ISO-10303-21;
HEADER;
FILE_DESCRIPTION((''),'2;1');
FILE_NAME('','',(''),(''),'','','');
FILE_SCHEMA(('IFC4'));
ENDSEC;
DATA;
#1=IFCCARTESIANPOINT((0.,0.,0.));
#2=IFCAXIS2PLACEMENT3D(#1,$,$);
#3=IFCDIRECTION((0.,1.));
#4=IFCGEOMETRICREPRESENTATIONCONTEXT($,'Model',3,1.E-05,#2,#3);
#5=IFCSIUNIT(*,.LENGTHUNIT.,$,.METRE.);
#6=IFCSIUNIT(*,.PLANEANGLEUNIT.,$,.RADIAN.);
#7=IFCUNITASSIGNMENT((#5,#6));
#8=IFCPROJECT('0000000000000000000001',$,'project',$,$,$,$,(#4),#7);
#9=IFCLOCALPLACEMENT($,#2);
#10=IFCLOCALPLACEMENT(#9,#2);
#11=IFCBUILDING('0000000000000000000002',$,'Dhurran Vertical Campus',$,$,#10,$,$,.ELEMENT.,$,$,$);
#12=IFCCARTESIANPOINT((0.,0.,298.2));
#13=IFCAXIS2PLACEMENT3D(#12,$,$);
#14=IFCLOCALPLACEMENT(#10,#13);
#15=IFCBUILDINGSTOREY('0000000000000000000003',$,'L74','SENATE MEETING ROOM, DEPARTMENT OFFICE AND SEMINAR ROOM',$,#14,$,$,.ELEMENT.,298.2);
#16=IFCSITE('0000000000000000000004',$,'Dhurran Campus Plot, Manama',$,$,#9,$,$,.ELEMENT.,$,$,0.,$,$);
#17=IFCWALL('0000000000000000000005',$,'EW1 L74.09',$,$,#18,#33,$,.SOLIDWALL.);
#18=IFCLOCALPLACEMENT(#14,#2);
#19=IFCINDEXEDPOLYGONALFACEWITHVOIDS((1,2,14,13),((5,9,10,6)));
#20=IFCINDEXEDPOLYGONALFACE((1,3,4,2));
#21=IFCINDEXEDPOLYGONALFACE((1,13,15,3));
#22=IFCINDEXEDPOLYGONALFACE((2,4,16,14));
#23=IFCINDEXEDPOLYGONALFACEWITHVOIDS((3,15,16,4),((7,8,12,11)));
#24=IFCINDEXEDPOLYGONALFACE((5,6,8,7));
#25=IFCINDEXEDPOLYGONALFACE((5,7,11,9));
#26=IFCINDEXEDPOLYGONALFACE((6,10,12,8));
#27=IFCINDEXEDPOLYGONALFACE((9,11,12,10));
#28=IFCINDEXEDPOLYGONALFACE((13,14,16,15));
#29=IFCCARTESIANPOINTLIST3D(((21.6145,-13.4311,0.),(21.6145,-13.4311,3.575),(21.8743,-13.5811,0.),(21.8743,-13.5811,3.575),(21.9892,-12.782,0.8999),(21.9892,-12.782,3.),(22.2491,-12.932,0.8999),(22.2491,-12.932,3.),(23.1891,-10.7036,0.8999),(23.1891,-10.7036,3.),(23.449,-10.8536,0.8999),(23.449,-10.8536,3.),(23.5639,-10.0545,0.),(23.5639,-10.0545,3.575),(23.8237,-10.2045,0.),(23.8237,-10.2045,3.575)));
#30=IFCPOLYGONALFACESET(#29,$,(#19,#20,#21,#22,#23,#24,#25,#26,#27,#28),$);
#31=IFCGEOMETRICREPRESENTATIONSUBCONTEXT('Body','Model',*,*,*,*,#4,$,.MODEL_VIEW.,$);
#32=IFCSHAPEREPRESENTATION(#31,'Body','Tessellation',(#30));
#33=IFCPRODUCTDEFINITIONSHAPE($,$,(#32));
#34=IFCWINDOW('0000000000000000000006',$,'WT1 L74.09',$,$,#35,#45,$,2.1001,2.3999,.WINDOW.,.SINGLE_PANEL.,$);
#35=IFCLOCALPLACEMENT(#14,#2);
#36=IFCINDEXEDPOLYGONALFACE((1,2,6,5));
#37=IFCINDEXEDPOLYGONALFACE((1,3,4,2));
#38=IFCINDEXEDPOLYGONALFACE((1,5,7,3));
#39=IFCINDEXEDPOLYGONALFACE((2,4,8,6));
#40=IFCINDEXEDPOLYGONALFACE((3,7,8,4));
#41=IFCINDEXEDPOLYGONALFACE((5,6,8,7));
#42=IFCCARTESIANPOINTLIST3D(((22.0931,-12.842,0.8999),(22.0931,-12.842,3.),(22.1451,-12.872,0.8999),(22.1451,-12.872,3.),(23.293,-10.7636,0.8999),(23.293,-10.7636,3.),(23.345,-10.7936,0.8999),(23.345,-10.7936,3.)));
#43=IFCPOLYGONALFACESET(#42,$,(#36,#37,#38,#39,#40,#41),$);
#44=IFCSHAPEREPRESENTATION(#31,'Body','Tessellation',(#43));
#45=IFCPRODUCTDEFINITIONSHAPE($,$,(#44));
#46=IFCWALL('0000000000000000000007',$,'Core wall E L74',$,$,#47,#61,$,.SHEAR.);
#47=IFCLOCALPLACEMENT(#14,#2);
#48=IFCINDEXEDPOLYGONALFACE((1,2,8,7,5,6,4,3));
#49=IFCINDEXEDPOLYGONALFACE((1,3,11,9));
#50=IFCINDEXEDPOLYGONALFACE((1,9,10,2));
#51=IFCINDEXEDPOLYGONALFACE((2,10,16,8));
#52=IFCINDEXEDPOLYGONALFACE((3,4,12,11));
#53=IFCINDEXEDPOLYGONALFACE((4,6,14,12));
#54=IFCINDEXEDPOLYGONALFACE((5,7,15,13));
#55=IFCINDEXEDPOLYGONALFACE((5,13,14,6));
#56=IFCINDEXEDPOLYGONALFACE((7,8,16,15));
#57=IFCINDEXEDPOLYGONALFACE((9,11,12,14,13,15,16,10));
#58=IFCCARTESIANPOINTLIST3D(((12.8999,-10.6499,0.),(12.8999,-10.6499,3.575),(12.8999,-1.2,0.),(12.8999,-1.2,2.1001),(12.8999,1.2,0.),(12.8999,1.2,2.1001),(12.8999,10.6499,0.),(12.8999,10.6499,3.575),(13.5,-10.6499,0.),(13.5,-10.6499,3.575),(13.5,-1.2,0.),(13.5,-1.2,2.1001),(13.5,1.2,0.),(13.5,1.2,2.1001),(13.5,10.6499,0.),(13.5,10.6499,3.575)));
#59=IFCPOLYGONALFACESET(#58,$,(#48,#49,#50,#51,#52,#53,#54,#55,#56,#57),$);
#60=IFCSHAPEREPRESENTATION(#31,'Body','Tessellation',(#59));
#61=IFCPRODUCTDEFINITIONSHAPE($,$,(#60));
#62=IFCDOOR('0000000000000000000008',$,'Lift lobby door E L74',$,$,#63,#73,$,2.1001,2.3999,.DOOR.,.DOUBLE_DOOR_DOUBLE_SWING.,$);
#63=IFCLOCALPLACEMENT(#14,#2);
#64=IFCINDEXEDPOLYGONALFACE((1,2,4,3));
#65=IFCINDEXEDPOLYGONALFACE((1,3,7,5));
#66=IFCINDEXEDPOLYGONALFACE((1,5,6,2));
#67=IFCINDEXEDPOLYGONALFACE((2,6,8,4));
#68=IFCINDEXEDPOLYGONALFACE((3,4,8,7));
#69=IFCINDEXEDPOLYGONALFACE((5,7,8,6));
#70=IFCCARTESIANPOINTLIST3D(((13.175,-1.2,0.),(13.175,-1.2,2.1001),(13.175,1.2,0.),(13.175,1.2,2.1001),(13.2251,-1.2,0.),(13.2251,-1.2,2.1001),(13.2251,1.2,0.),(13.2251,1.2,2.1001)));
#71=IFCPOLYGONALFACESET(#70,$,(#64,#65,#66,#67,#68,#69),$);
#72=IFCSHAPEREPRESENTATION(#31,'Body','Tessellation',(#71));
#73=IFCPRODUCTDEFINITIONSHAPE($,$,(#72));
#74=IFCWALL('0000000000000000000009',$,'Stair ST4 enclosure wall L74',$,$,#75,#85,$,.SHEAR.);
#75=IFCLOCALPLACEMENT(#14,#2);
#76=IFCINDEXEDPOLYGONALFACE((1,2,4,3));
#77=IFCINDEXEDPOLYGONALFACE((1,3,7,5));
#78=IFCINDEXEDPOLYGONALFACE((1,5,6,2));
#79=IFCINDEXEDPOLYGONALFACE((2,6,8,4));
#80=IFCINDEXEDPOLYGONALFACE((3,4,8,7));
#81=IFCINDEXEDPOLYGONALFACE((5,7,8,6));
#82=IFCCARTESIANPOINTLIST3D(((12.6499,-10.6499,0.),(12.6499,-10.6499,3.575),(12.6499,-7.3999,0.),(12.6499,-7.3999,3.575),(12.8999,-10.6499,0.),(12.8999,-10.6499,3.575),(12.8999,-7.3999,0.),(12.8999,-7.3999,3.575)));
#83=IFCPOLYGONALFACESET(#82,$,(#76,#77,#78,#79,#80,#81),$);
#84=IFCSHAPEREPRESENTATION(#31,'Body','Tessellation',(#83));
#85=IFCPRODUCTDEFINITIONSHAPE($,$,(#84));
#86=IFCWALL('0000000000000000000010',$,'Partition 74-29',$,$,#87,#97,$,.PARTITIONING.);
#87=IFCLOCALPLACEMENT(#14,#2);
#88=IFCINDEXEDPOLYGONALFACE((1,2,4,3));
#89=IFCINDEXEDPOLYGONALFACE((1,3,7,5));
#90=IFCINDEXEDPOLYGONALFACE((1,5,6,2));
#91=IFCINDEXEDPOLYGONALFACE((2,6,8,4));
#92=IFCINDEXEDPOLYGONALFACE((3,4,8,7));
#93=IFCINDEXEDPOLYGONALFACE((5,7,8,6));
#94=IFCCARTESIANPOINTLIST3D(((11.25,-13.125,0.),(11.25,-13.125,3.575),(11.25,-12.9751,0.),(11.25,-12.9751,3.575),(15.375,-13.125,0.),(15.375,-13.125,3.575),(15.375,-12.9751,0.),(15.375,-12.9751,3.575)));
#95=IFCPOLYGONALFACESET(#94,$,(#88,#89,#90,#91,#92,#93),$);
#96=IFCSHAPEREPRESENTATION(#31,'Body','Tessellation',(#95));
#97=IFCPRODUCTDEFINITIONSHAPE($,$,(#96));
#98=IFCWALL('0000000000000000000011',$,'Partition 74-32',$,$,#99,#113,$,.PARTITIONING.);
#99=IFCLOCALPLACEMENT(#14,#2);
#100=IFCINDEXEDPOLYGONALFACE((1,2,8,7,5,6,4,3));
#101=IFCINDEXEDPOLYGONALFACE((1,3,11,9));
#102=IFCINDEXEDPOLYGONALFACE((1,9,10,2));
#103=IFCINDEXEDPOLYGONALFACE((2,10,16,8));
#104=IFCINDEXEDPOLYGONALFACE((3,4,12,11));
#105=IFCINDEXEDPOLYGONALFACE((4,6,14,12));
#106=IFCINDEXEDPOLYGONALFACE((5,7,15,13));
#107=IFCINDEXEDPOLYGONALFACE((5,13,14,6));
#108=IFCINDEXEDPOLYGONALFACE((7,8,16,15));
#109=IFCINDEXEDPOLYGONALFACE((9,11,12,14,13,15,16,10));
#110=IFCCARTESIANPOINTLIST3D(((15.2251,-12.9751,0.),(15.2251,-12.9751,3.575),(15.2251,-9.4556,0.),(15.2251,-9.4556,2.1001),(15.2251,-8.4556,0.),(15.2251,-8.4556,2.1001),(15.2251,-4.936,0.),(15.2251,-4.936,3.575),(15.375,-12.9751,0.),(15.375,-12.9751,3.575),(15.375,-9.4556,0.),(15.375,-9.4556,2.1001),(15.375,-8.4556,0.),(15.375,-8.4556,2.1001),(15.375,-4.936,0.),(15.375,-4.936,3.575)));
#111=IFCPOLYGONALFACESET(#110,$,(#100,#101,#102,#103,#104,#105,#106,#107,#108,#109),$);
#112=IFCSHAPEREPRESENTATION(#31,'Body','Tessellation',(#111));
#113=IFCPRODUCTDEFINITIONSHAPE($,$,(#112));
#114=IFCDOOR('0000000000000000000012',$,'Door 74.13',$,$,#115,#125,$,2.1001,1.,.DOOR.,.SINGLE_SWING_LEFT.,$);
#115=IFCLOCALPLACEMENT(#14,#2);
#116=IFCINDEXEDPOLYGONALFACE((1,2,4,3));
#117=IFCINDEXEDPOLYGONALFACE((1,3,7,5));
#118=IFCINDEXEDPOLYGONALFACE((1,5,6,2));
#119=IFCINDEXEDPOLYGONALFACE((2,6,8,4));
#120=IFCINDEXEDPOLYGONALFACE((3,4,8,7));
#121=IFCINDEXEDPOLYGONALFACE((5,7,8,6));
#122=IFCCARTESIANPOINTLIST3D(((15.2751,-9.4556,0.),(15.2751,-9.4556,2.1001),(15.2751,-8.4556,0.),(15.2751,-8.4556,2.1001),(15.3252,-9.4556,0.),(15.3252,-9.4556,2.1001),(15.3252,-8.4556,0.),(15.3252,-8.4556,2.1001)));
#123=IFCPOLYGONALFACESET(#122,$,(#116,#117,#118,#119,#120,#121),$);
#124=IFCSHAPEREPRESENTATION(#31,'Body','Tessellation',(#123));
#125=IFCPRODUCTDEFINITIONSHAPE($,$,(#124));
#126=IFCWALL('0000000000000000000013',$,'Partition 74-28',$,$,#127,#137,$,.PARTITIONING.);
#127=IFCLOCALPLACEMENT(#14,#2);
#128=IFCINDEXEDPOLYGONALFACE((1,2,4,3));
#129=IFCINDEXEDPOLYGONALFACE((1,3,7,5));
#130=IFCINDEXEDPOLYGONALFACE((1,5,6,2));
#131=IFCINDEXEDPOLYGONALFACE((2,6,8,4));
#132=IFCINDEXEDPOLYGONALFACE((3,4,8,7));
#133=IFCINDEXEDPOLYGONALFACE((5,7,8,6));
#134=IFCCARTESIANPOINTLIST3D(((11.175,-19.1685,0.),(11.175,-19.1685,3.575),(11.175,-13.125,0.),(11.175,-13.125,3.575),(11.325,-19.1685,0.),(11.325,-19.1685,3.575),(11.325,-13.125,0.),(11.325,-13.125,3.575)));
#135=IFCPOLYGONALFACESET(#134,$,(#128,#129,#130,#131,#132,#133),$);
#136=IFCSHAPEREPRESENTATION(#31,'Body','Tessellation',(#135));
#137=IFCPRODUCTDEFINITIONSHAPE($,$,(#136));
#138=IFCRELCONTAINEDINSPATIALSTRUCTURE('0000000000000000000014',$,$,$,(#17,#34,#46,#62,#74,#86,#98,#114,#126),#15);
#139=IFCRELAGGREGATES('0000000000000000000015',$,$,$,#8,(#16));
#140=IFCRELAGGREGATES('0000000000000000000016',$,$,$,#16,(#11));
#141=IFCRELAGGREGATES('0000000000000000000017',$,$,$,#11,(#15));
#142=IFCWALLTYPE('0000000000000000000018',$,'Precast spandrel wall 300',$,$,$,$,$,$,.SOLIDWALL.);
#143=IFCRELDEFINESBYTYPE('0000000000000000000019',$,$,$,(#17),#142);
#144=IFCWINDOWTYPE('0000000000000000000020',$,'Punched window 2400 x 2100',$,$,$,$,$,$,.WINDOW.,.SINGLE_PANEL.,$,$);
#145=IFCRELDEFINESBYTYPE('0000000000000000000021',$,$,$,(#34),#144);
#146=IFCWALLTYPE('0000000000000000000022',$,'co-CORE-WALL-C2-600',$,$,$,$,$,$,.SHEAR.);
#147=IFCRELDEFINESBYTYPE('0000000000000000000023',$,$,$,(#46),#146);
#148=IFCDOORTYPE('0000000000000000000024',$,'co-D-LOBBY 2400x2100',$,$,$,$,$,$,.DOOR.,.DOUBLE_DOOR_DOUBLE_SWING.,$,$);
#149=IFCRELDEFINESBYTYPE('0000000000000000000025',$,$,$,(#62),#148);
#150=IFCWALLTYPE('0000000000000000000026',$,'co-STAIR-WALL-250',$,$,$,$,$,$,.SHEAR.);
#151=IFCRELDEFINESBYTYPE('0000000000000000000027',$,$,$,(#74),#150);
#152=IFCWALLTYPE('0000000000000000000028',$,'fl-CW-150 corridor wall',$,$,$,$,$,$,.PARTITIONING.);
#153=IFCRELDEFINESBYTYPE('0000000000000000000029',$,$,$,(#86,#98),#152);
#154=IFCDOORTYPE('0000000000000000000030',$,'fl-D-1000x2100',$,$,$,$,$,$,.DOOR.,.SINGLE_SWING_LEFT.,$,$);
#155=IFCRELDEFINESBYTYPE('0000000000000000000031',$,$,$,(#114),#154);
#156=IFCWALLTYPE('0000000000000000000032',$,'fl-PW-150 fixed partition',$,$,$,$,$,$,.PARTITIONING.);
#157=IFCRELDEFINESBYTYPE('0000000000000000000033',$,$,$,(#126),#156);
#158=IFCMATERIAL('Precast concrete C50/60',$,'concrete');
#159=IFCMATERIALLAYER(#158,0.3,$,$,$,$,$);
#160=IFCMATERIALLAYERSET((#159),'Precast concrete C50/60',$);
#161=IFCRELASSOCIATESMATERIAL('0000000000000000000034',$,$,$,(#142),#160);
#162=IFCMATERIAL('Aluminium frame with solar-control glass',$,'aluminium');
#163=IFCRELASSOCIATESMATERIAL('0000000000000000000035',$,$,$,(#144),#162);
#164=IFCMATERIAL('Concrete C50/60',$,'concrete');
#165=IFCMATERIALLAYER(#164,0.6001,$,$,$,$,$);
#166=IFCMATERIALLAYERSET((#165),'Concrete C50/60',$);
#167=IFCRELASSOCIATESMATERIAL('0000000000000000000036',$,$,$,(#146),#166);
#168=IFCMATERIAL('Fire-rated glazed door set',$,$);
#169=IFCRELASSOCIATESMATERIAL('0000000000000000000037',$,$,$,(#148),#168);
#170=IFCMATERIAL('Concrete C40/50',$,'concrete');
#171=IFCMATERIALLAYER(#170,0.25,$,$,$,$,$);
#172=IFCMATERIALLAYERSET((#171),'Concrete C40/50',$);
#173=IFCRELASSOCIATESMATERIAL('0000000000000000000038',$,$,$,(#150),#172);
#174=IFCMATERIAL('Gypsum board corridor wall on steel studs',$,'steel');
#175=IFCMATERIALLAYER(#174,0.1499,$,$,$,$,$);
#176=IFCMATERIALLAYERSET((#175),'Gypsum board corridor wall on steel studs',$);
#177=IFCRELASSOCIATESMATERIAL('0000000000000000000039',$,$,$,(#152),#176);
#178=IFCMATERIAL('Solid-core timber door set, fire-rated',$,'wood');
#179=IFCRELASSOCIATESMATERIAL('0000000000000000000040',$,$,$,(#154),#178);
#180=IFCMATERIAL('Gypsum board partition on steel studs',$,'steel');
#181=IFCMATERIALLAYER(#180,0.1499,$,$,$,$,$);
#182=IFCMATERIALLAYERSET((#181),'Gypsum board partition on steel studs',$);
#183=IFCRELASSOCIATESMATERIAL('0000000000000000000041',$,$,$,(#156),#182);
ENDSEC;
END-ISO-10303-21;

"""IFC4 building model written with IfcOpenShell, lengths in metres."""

from ifc_helpers import new_model, si_unit, direction, frame, frame_2d, origin, place, context, subcontext, project, spatial, rectangle, extrude, material, layer, layer_set, type_object, element, fill, save


model = new_model("IFC4")

# Units and contexts
model_context = context("Model", 3, precision=1e-05, world=origin(), true_north=direction((0.0, 1.0)))
body_context = subcontext(model_context, "Body", "Model", "MODEL_VIEW")
ifc_project = project(units=[si_unit("LENGTHUNIT", "METRE"), si_unit("PLANEANGLEUNIT", "RADIAN")], contexts=[model_context])

# Site, building, storey
site_placement = place(None, origin())
site = spatial("IfcSite", under=ifc_project, at=site_placement, Name="Dhurran Campus Plot, Manama", CompositionType="ELEMENT", RefElevation=0.0)
building_placement = place(site_placement, origin())
building = spatial("IfcBuilding", under=site, at=building_placement, Name="Dhurran Vertical Campus", CompositionType="ELEMENT")
storey_placement = place(building_placement, frame((0.0, 0.0, 298.2)))
storey = spatial("IfcBuildingStorey", under=building, at=storey_placement, Name="L74", Description="SENATE MEETING ROOM, DEPARTMENT OFFICE AND SEMINAR ROOM", CompositionType="ELEMENT", Elevation=298.2)

# Wall, opening, window
ifc_material_1 = material(Name="Precast concrete C50/60", Category="concrete")
ifc_layer_1 = layer(ifc_material_1, 0.3)
ifc_layer_set_1 = layer_set([ifc_layer_1], Name="Precast concrete C50/60")
wall_type_1 = type_object("IfcWallType", Name="Precast spandrel wall 300", PredefinedType="SOLIDWALL", material=ifc_layer_set_1)
ifc_material_2 = material(Name="Aluminium frame with solar-control glass", Category="aluminium")
window_type = type_object("IfcWindowType", Name="Punched window 2400 x 2100", PartitioningType="SINGLE_PANEL", PredefinedType="WINDOW", material=ifc_material_2)
wall_1_placement = place(storey_placement, frame((21.7444, -13.5061, 0.0), z_axis=(0.0, 0.0, 1.0), x_axis=(0.499984, 0.866034, 0.0)))
wall_1 = element("IfcWall", 1, at=wall_1_placement, inside=storey, type_object=wall_type_1, Name="EW1 L74.09", PredefinedType="SOLIDWALL", context=body_context, shape_type="SweptSolid", body=[
    extrude(rectangle(XDim=3.8989, YDim=0.3, at=frame_2d((1.9495, 0.0))), origin(), (0.0, 0.0, 1.0), 3.575),
])
opening_1_placement = place(wall_1_placement, frame((0.7495, 0.0, 0.8999)))
opening_1 = element("IfcOpeningElement", 2, at=opening_1_placement, cuts=wall_1, PredefinedType="OPENING", context=body_context, shape_type="SweptSolid", body=[
    extrude(rectangle(XDim=2.3999, YDim=2.1001, at=frame_2d((1.2, 1.05))), frame((0.0, 0.1599, 0.0), z_axis=(0.0, -1.0, 0.0), x_axis=(1.0, 0.0, 0.0)), (0.0, 0.0, 1.0), 0.3201),
])
window_1_placement = place(opening_1_placement, origin())
window_1 = element("IfcWindow", 3, at=window_1_placement, inside=storey, type_object=window_type, Name="WT1 L74.09", OverallHeight=2.1001, OverallWidth=2.3999, PartitioningType="SINGLE_PANEL", PredefinedType="WINDOW", context=body_context, shape_type="SweptSolid", body=[
    extrude(rectangle(XDim=2.3999, YDim=2.1001, at=frame_2d((1.2, 1.05))), frame((0.0, 0.03, 0.0), z_axis=(0.0, -1.0, 0.0), x_axis=(1.0, 0.0, 0.0)), (0.0, 0.0, 1.0), 0.0601),
])
fill(opening_1, window_1)

# Wall, opening, door
ifc_material_3 = material(Name="Concrete C50/60", Category="concrete")
ifc_layer_2 = layer(ifc_material_3, 0.6001)
ifc_layer_set_2 = layer_set([ifc_layer_2], Name="Concrete C50/60")
wall_type_2 = type_object("IfcWallType", Name="co-CORE-WALL-C2-600", PredefinedType="SHEAR", material=ifc_layer_set_2)
wall_2_placement = place(storey_placement, frame((13.2, -10.6499, 0.0), z_axis=(0.0, 0.0, 1.0), x_axis=(0.0, 1.0, 0.0)))
wall_2 = element("IfcWall", 4, at=wall_2_placement, inside=storey, type_object=wall_type_2, Name="Core wall E L74", PredefinedType="SHEAR", context=body_context, shape_type="SweptSolid", body=[
    extrude(rectangle(XDim=21.2998, YDim=0.6001, at=frame_2d((10.6499, 0.0))), origin(), (0.0, 0.0, 1.0), 3.575),
])
opening_2_placement = place(wall_2_placement, frame((9.45, 0.0, 0.0)))
opening_2 = element("IfcOpeningElement", 5, at=opening_2_placement, cuts=wall_2, PredefinedType="OPENING", context=body_context, shape_type="SweptSolid", body=[
    extrude(rectangle(XDim=2.3999, YDim=2.1001, at=frame_2d((1.2, 1.05))), frame((0.0, 0.3101, 0.0), z_axis=(0.0, -1.0, 0.0), x_axis=(1.0, 0.0, 0.0)), (0.0, 0.0, 1.0), 0.6201),
])
ifc_material_4 = material(Name="Fire-rated glazed door set")
door_type_1 = type_object("IfcDoorType", Name="co-D-LOBBY 2400x2100", OperationType="DOUBLE_DOOR_DOUBLE_SWING", PredefinedType="DOOR", material=ifc_material_4)
door_1_placement = place(opening_2_placement, origin())
door_1 = element("IfcDoor", 6, at=door_1_placement, inside=storey, type_object=door_type_1, Name="Lift lobby door E L74", OperationType="DOUBLE_DOOR_DOUBLE_SWING", OverallHeight=2.1001, OverallWidth=2.3999, PredefinedType="DOOR", context=body_context, shape_type="SweptSolid", body=[
    extrude(rectangle(XDim=2.3999, YDim=2.1001, at=frame_2d((1.2, 1.05))), frame((0.0, 0.0249, 0.0), z_axis=(0.0, -1.0, 0.0), x_axis=(1.0, 0.0, 0.0)), (0.0, 0.0, 1.0), 0.05),
])
fill(opening_2, door_1)

# Walls
ifc_material_5 = material(Name="Concrete C40/50", Category="concrete")
ifc_layer_3 = layer(ifc_material_5, 0.25)
ifc_layer_set_3 = layer_set([ifc_layer_3], Name="Concrete C40/50")
wall_type_3 = type_object("IfcWallType", Name="co-STAIR-WALL-250", PredefinedType="SHEAR", material=ifc_layer_set_3)
wall_3_placement = place(storey_placement, frame((12.7749, -10.6499, 0.0), z_axis=(0.0, 0.0, 1.0), x_axis=(0.0, 1.0, 0.0)))
element("IfcWall", 7, at=wall_3_placement, inside=storey, type_object=wall_type_3, Name="Stair ST4 enclosure wall L74", PredefinedType="SHEAR", context=body_context, shape_type="SweptSolid", body=[
    extrude(rectangle(XDim=3.25, YDim=0.25, at=frame_2d((1.625, 0.0))), origin(), (0.0, 0.0, 1.0), 3.575),
])
ifc_material_6 = material(Name="Gypsum board corridor wall on steel studs", Category="steel")
ifc_layer_4 = layer(ifc_material_6, 0.1499)
ifc_layer_set_4 = layer_set([ifc_layer_4], Name="Gypsum board corridor wall on steel studs")
wall_type_4 = type_object("IfcWallType", Name="fl-CW-150 corridor wall", PredefinedType="PARTITIONING", material=ifc_layer_set_4)
wall_4_placement = place(storey_placement, frame((11.25, -13.05, 0.0), z_axis=(0.0, 0.0, 1.0), x_axis=(1.0, 0.0, 0.0)))
element("IfcWall", 8, at=wall_4_placement, inside=storey, type_object=wall_type_4, Name="Partition 74-29", PredefinedType="PARTITIONING", context=body_context, shape_type="SweptSolid", body=[
    extrude(rectangle(XDim=4.125, YDim=0.1499, at=frame_2d((2.0625, 0.0))), origin(), (0.0, 0.0, 1.0), 3.575),
])

# Wall, opening, door
wall_5_placement = place(storey_placement, frame((15.3, -12.9751, 0.0), z_axis=(0.0, 0.0, 1.0), x_axis=(0.0, 1.0, 0.0)))
wall_5 = element("IfcWall", 9, at=wall_5_placement, inside=storey, type_object=wall_type_4, Name="Partition 74-32", PredefinedType="PARTITIONING", context=body_context, shape_type="SweptSolid", body=[
    extrude(rectangle(XDim=8.0391, YDim=0.1499, at=frame_2d((4.0195, 0.0))), origin(), (0.0, 0.0, 1.0), 3.575),
])
opening_3_placement = place(wall_5_placement, frame((3.5195, 0.0, 0.0)))
opening_3 = element("IfcOpeningElement", 10, at=opening_3_placement, cuts=wall_5, PredefinedType="OPENING", context=body_context, shape_type="SweptSolid", body=[
    extrude(rectangle(XDim=1.0, YDim=2.1001, at=frame_2d((0.5, 1.05))), frame((0.0, 0.085, 0.0), z_axis=(0.0, -1.0, 0.0), x_axis=(1.0, 0.0, 0.0)), (0.0, 0.0, 1.0), 0.1699),
])
ifc_material_7 = material(Name="Solid-core timber door set, fire-rated", Category="wood")
door_type_2 = type_object("IfcDoorType", Name="fl-D-1000x2100", OperationType="SINGLE_SWING_LEFT", PredefinedType="DOOR", material=ifc_material_7)
door_2_placement = place(opening_3_placement, origin())
door_2 = element("IfcDoor", 11, at=door_2_placement, inside=storey, type_object=door_type_2, Name="Door 74.13", OperationType="SINGLE_SWING_LEFT", OverallHeight=2.1001, OverallWidth=1.0, PredefinedType="DOOR", context=body_context, shape_type="SweptSolid", body=[
    extrude(rectangle(XDim=1.0, YDim=2.1001, at=frame_2d((0.5, 1.05))), frame((0.0, 0.0249, 0.0), z_axis=(0.0, -1.0, 0.0), x_axis=(1.0, 0.0, 0.0)), (0.0, 0.0, 1.0), 0.05),
])
fill(opening_3, door_2)

# Wall
ifc_material_8 = material(Name="Gypsum board partition on steel studs", Category="steel")
ifc_layer_5 = layer(ifc_material_8, 0.1499)
ifc_layer_set_5 = layer_set([ifc_layer_5], Name="Gypsum board partition on steel studs")
wall_type_5 = type_object("IfcWallType", Name="fl-PW-150 fixed partition", PredefinedType="PARTITIONING", material=ifc_layer_set_5)
wall_6_placement = place(storey_placement, frame((11.25, -13.125, 0.0), z_axis=(0.0, 0.0, 1.0), x_axis=(0.0, -1.0, 0.0)))
element("IfcWall", 12, at=wall_6_placement, inside=storey, type_object=wall_type_5, Name="Partition 74-28", PredefinedType="PARTITIONING", context=body_context, shape_type="SweptSolid", body=[
    extrude(rectangle(XDim=6.0435, YDim=0.1499, at=frame_2d((3.0217, 0.0))), origin(), (0.0, 0.0, 1.0), 3.575),
])

save(model, "model.ifc")
